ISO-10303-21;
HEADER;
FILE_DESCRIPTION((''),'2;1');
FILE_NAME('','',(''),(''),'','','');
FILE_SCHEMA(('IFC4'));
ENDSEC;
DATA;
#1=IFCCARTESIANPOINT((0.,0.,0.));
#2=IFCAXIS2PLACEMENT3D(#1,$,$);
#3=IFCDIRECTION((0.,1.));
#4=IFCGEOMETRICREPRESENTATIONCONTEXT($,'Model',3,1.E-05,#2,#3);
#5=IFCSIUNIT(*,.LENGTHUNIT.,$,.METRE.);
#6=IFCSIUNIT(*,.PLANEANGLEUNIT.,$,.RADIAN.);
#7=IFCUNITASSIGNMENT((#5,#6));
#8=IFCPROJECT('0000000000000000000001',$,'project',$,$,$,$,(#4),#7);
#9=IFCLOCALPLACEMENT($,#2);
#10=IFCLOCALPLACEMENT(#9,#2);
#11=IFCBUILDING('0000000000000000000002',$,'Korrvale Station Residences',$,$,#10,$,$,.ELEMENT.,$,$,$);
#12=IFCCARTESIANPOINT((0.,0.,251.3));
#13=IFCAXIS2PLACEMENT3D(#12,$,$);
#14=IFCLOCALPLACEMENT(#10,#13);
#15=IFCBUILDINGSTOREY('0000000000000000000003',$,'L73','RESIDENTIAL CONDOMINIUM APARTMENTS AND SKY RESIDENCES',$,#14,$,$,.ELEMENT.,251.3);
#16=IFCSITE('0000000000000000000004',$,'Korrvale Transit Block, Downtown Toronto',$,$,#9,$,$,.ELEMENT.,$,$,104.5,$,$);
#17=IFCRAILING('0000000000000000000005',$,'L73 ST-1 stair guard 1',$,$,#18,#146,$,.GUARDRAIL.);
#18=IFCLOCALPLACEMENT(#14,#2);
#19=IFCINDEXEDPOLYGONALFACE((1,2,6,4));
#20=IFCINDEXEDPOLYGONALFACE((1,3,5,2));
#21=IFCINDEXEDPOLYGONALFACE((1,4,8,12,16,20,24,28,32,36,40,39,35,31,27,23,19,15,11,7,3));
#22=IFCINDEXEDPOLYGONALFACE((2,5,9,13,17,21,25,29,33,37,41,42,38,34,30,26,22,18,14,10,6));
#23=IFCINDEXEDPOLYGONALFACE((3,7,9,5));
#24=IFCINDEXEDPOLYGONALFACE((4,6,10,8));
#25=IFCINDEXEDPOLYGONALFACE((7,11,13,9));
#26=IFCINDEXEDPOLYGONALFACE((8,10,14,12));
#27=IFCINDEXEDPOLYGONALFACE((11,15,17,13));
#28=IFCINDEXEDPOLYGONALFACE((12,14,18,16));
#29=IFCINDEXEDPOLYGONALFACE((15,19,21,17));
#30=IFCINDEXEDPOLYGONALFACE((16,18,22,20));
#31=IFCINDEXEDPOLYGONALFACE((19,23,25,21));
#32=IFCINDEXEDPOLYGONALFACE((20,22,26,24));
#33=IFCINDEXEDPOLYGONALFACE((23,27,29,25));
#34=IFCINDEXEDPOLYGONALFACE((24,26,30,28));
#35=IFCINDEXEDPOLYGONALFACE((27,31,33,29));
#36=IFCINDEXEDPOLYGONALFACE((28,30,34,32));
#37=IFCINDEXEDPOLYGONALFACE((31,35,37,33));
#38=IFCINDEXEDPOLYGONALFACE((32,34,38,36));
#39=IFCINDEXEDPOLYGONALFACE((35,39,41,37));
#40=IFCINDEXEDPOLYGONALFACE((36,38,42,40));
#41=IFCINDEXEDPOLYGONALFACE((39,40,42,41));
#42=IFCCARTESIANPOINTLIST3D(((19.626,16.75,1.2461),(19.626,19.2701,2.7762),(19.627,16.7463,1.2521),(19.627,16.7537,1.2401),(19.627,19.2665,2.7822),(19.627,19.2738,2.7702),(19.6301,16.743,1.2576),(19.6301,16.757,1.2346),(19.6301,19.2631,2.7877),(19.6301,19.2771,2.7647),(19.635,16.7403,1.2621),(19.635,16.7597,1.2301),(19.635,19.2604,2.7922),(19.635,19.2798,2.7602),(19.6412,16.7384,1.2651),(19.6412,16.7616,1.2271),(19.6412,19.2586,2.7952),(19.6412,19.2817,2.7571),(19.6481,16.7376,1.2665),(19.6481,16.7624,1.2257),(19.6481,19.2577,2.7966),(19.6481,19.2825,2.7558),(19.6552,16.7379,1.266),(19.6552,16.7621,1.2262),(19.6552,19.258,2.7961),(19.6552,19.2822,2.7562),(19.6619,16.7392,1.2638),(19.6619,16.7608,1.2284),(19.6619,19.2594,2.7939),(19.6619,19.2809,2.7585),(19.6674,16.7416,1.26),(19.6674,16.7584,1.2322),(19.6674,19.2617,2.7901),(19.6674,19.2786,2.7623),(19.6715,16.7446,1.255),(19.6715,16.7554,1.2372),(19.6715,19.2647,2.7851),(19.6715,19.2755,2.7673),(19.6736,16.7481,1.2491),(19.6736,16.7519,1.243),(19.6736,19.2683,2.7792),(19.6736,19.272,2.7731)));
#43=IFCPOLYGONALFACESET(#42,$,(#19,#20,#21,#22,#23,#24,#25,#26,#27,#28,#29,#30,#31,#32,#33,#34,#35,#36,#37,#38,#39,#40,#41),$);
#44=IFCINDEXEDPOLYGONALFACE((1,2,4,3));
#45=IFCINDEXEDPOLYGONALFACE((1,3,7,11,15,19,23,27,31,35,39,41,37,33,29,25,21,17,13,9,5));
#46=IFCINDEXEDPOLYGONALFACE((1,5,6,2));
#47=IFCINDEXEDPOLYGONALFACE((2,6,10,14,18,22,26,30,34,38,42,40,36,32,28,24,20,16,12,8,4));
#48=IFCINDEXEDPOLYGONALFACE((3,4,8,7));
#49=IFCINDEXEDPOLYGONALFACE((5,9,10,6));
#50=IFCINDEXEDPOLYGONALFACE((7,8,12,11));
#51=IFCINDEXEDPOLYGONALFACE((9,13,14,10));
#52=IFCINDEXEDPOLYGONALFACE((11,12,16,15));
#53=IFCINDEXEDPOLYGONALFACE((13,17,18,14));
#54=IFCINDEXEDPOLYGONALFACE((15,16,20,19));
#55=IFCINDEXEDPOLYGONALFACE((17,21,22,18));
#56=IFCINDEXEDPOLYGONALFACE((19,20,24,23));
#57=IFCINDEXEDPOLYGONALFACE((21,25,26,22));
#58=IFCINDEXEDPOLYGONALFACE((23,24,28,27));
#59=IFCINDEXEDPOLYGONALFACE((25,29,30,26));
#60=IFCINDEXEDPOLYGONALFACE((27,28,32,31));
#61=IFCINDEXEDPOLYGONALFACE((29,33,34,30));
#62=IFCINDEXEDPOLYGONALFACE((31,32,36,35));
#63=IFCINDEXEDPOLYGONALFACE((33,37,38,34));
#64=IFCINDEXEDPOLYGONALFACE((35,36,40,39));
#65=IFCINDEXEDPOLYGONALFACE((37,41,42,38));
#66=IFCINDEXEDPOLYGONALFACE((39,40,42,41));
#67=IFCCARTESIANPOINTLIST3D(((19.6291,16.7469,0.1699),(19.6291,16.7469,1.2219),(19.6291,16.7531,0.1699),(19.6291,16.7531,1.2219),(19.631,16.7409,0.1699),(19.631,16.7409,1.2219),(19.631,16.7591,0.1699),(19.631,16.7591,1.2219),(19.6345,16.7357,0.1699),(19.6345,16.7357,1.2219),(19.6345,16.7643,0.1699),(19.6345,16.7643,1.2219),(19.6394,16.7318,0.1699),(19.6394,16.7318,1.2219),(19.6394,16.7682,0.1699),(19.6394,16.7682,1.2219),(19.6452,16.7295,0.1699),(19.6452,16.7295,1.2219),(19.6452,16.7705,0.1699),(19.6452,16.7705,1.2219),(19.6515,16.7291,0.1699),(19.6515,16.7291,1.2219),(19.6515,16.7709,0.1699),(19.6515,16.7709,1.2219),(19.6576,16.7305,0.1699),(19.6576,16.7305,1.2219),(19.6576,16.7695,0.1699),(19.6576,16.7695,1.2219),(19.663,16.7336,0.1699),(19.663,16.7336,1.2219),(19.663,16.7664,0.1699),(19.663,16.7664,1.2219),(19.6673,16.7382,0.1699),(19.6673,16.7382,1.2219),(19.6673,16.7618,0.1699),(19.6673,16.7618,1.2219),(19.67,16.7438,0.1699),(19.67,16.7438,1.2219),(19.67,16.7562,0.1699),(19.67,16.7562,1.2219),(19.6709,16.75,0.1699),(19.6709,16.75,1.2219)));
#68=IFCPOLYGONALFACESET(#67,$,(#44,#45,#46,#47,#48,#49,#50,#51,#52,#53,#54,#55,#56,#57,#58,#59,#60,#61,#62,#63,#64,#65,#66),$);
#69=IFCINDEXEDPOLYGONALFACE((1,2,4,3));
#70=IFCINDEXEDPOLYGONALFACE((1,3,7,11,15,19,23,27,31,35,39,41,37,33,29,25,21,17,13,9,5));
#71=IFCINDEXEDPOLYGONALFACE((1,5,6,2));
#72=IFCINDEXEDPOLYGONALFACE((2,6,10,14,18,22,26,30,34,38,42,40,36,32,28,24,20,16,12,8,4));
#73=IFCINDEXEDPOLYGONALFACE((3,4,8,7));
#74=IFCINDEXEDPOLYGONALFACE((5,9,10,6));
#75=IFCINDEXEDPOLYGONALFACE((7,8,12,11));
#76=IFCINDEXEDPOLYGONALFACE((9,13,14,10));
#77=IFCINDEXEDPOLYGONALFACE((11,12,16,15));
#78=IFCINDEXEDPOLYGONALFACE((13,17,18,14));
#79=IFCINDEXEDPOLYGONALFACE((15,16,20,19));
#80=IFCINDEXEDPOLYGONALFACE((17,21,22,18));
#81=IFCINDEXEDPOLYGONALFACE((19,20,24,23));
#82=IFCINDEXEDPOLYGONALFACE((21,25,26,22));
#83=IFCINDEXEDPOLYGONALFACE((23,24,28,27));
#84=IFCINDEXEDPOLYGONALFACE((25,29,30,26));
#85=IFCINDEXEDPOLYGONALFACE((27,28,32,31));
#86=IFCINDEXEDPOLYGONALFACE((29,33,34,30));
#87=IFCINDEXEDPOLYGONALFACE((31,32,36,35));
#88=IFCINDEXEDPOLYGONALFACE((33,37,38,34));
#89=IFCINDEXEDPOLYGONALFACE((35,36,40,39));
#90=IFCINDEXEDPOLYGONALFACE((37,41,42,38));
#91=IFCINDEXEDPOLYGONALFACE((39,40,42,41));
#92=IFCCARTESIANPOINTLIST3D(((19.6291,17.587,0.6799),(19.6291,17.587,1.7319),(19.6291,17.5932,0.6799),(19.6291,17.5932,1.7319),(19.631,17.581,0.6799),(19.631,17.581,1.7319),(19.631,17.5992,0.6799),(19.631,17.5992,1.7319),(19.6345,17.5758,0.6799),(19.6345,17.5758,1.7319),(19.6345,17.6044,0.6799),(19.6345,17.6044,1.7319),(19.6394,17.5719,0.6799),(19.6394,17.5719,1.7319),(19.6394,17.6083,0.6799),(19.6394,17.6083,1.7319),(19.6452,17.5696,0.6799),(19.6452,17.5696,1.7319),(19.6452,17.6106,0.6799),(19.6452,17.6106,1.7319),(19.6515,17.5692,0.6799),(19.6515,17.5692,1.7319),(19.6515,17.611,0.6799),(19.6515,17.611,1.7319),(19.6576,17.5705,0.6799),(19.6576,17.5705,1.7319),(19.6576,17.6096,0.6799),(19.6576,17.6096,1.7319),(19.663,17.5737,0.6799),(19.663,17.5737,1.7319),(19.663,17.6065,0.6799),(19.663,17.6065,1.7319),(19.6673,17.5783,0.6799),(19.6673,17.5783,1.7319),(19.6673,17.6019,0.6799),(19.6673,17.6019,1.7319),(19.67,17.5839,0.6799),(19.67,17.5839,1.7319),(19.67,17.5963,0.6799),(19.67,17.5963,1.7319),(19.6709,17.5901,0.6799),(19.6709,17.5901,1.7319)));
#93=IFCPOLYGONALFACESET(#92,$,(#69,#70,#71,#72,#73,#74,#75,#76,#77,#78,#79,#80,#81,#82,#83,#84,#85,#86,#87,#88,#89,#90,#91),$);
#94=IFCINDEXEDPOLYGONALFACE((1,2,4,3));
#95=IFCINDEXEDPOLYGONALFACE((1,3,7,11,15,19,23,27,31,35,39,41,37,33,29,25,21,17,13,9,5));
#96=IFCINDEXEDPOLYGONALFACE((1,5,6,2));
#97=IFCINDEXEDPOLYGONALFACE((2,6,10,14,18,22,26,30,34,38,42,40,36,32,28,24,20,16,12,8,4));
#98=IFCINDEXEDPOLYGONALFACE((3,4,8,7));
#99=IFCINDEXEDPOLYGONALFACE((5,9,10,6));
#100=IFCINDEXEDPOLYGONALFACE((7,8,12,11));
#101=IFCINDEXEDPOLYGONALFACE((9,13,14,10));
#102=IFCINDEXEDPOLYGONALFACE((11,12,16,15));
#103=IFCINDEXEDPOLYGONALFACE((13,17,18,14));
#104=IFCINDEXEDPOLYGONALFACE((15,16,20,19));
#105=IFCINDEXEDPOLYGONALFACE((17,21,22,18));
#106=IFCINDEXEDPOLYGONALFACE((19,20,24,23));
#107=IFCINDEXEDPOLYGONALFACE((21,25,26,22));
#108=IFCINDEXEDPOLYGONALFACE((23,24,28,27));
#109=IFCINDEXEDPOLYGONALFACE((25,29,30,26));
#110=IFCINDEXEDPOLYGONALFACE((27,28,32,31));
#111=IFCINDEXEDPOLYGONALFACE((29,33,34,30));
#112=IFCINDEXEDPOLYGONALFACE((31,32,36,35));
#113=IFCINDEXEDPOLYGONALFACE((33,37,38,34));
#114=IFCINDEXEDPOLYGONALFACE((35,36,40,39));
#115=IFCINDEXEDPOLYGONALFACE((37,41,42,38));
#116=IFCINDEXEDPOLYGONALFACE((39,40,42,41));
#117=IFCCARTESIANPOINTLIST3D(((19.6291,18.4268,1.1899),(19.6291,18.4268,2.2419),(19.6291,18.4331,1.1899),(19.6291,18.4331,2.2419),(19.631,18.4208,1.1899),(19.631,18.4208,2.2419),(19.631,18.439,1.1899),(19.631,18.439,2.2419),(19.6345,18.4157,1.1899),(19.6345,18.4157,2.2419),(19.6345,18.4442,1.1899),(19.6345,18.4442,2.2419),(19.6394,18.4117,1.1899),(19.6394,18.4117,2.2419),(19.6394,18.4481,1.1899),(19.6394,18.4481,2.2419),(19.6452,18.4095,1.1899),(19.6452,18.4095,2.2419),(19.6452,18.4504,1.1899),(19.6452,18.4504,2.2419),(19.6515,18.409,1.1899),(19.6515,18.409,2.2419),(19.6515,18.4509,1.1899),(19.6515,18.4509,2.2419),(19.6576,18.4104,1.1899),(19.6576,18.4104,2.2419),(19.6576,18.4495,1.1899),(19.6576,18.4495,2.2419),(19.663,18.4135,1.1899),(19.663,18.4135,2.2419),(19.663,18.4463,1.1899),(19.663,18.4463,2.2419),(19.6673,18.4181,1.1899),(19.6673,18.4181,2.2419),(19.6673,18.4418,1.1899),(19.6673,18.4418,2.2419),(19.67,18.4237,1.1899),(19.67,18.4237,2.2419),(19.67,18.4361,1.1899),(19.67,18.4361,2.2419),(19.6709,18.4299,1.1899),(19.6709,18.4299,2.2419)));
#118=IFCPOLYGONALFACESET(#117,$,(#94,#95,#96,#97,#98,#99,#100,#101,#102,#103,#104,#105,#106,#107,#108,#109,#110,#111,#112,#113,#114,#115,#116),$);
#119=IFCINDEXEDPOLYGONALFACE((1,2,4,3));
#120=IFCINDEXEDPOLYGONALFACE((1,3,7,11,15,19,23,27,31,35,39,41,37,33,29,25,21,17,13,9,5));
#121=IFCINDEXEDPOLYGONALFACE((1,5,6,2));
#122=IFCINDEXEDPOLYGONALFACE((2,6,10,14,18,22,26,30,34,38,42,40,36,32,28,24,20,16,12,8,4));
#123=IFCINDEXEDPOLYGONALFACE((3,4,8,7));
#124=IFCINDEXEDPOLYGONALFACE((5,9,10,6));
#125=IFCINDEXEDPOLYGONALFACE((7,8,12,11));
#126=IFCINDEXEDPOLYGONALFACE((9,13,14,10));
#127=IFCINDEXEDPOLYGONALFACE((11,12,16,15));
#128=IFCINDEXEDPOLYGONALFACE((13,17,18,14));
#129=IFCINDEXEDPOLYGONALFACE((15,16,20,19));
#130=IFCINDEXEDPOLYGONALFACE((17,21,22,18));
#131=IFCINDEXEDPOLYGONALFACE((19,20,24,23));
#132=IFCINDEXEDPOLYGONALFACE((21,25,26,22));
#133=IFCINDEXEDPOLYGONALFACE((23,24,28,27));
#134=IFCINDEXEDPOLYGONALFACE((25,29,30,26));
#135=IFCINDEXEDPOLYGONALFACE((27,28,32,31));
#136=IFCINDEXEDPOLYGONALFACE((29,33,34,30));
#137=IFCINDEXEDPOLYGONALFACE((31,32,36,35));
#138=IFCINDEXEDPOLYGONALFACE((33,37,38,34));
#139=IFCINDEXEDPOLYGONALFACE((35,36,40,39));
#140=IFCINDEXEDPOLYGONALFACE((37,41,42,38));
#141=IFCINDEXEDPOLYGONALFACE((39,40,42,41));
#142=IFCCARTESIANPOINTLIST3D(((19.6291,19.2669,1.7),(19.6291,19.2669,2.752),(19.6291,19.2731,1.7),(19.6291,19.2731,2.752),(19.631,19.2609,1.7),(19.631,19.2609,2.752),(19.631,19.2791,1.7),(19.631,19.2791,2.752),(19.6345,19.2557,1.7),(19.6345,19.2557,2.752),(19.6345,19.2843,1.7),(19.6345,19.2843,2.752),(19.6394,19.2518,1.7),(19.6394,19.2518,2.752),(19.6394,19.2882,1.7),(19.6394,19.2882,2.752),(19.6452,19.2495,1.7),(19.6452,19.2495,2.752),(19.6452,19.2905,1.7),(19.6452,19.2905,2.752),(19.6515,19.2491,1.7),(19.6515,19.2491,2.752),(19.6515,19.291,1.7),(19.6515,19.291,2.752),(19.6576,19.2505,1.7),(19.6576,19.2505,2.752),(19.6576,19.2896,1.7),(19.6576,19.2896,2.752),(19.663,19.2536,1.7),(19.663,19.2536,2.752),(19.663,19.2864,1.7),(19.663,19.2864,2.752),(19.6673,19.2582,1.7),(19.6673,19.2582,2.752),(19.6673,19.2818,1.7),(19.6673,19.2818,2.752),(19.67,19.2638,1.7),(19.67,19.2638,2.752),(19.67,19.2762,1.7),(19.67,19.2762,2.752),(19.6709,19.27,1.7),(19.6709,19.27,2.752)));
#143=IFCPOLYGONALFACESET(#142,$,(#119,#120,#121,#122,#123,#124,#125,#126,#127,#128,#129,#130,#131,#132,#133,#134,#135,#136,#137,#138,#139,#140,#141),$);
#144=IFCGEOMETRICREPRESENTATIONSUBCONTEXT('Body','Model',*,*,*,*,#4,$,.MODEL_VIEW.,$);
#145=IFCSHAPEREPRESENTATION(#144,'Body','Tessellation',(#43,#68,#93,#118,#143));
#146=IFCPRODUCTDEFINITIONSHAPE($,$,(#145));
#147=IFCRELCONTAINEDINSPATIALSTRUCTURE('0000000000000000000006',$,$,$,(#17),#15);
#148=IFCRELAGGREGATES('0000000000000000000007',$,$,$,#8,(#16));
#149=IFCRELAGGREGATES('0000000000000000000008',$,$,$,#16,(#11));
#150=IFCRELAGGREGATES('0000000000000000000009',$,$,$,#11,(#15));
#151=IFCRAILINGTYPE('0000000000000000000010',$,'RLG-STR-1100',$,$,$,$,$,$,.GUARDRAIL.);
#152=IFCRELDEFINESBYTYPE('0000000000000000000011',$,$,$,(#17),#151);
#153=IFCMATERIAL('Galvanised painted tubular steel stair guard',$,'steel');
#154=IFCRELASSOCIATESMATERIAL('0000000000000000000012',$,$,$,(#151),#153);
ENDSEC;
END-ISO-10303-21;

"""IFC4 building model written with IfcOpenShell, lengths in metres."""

from ifc_helpers import new_model, si_unit, direction, frame, origin, origin_2d, place, context, subcontext, project, spatial, circle, extrude, material, type_object, element, save


model = new_model("IFC4")

# Units and contexts
model_context = context("Model", 3, precision=1e-05, world=origin(), true_north=direction((0.0, 1.0)))
body_context = subcontext(model_context, "Body", "Model", "MODEL_VIEW")
ifc_project = project(units=[si_unit("LENGTHUNIT", "METRE"), si_unit("PLANEANGLEUNIT", "RADIAN")], contexts=[model_context])

# Site, building, storey
site_placement = place(None, origin())
site = spatial("IfcSite", under=ifc_project, at=site_placement, Name="Korrvale Transit Block, Downtown Toronto", CompositionType="ELEMENT", RefElevation=104.5)
building_placement = place(site_placement, origin())
building = spatial("IfcBuilding", under=site, at=building_placement, Name="Korrvale Station Residences", CompositionType="ELEMENT")
storey_placement = place(building_placement, frame((0.0, 0.0, 251.3)))
storey = spatial("IfcBuildingStorey", under=building, at=storey_placement, Name="L73", Description="RESIDENTIAL CONDOMINIUM APARTMENTS AND SKY RESIDENCES", CompositionType="ELEMENT", Elevation=251.3)

# Railing
ifc_material_1 = material(Name="Galvanised painted tubular steel stair guard", Category="steel")
railing_type_1 = type_object("IfcRailingType", Name="RLG-STR-1100", PredefinedType="GUARDRAIL", material=ifc_material_1)
railing_1_placement = place(storey_placement, frame((19.6499, 16.75, 0.1699)))
element("IfcRailing", 1, at=railing_1_placement, inside=storey, type_object=railing_type_1, Name="L73 ST-1 stair guard 1", PredefinedType="GUARDRAIL", context=body_context, shape_type="SweptSolid", body=[
    extrude(circle(Radius=0.0239, at=origin_2d()), frame((0.0, 0.0, 1.0762), z_axis=(0.0, 0.854785, 0.518982), x_axis=(-1.0, 0.0, 0.0)), (0.0, 0.0, 1.0), 2.9482),
    extrude(circle(Radius=0.021, at=origin_2d()), origin(), (0.0, 0.0, 1.0), 1.052),
    extrude(circle(Radius=0.021, at=origin_2d()), frame((0.0, 0.8401, 0.51)), (0.0, 0.0, 1.0), 1.052),
    extrude(circle(Radius=0.021, at=origin_2d()), frame((0.0, 1.6799, 1.02)), (0.0, 0.0, 1.0), 1.052),
    extrude(circle(Radius=0.021, at=origin_2d()), frame((0.0, 2.52, 1.53)), (0.0, 0.0, 1.0), 1.052),
])

save(model, "model.ifc")
